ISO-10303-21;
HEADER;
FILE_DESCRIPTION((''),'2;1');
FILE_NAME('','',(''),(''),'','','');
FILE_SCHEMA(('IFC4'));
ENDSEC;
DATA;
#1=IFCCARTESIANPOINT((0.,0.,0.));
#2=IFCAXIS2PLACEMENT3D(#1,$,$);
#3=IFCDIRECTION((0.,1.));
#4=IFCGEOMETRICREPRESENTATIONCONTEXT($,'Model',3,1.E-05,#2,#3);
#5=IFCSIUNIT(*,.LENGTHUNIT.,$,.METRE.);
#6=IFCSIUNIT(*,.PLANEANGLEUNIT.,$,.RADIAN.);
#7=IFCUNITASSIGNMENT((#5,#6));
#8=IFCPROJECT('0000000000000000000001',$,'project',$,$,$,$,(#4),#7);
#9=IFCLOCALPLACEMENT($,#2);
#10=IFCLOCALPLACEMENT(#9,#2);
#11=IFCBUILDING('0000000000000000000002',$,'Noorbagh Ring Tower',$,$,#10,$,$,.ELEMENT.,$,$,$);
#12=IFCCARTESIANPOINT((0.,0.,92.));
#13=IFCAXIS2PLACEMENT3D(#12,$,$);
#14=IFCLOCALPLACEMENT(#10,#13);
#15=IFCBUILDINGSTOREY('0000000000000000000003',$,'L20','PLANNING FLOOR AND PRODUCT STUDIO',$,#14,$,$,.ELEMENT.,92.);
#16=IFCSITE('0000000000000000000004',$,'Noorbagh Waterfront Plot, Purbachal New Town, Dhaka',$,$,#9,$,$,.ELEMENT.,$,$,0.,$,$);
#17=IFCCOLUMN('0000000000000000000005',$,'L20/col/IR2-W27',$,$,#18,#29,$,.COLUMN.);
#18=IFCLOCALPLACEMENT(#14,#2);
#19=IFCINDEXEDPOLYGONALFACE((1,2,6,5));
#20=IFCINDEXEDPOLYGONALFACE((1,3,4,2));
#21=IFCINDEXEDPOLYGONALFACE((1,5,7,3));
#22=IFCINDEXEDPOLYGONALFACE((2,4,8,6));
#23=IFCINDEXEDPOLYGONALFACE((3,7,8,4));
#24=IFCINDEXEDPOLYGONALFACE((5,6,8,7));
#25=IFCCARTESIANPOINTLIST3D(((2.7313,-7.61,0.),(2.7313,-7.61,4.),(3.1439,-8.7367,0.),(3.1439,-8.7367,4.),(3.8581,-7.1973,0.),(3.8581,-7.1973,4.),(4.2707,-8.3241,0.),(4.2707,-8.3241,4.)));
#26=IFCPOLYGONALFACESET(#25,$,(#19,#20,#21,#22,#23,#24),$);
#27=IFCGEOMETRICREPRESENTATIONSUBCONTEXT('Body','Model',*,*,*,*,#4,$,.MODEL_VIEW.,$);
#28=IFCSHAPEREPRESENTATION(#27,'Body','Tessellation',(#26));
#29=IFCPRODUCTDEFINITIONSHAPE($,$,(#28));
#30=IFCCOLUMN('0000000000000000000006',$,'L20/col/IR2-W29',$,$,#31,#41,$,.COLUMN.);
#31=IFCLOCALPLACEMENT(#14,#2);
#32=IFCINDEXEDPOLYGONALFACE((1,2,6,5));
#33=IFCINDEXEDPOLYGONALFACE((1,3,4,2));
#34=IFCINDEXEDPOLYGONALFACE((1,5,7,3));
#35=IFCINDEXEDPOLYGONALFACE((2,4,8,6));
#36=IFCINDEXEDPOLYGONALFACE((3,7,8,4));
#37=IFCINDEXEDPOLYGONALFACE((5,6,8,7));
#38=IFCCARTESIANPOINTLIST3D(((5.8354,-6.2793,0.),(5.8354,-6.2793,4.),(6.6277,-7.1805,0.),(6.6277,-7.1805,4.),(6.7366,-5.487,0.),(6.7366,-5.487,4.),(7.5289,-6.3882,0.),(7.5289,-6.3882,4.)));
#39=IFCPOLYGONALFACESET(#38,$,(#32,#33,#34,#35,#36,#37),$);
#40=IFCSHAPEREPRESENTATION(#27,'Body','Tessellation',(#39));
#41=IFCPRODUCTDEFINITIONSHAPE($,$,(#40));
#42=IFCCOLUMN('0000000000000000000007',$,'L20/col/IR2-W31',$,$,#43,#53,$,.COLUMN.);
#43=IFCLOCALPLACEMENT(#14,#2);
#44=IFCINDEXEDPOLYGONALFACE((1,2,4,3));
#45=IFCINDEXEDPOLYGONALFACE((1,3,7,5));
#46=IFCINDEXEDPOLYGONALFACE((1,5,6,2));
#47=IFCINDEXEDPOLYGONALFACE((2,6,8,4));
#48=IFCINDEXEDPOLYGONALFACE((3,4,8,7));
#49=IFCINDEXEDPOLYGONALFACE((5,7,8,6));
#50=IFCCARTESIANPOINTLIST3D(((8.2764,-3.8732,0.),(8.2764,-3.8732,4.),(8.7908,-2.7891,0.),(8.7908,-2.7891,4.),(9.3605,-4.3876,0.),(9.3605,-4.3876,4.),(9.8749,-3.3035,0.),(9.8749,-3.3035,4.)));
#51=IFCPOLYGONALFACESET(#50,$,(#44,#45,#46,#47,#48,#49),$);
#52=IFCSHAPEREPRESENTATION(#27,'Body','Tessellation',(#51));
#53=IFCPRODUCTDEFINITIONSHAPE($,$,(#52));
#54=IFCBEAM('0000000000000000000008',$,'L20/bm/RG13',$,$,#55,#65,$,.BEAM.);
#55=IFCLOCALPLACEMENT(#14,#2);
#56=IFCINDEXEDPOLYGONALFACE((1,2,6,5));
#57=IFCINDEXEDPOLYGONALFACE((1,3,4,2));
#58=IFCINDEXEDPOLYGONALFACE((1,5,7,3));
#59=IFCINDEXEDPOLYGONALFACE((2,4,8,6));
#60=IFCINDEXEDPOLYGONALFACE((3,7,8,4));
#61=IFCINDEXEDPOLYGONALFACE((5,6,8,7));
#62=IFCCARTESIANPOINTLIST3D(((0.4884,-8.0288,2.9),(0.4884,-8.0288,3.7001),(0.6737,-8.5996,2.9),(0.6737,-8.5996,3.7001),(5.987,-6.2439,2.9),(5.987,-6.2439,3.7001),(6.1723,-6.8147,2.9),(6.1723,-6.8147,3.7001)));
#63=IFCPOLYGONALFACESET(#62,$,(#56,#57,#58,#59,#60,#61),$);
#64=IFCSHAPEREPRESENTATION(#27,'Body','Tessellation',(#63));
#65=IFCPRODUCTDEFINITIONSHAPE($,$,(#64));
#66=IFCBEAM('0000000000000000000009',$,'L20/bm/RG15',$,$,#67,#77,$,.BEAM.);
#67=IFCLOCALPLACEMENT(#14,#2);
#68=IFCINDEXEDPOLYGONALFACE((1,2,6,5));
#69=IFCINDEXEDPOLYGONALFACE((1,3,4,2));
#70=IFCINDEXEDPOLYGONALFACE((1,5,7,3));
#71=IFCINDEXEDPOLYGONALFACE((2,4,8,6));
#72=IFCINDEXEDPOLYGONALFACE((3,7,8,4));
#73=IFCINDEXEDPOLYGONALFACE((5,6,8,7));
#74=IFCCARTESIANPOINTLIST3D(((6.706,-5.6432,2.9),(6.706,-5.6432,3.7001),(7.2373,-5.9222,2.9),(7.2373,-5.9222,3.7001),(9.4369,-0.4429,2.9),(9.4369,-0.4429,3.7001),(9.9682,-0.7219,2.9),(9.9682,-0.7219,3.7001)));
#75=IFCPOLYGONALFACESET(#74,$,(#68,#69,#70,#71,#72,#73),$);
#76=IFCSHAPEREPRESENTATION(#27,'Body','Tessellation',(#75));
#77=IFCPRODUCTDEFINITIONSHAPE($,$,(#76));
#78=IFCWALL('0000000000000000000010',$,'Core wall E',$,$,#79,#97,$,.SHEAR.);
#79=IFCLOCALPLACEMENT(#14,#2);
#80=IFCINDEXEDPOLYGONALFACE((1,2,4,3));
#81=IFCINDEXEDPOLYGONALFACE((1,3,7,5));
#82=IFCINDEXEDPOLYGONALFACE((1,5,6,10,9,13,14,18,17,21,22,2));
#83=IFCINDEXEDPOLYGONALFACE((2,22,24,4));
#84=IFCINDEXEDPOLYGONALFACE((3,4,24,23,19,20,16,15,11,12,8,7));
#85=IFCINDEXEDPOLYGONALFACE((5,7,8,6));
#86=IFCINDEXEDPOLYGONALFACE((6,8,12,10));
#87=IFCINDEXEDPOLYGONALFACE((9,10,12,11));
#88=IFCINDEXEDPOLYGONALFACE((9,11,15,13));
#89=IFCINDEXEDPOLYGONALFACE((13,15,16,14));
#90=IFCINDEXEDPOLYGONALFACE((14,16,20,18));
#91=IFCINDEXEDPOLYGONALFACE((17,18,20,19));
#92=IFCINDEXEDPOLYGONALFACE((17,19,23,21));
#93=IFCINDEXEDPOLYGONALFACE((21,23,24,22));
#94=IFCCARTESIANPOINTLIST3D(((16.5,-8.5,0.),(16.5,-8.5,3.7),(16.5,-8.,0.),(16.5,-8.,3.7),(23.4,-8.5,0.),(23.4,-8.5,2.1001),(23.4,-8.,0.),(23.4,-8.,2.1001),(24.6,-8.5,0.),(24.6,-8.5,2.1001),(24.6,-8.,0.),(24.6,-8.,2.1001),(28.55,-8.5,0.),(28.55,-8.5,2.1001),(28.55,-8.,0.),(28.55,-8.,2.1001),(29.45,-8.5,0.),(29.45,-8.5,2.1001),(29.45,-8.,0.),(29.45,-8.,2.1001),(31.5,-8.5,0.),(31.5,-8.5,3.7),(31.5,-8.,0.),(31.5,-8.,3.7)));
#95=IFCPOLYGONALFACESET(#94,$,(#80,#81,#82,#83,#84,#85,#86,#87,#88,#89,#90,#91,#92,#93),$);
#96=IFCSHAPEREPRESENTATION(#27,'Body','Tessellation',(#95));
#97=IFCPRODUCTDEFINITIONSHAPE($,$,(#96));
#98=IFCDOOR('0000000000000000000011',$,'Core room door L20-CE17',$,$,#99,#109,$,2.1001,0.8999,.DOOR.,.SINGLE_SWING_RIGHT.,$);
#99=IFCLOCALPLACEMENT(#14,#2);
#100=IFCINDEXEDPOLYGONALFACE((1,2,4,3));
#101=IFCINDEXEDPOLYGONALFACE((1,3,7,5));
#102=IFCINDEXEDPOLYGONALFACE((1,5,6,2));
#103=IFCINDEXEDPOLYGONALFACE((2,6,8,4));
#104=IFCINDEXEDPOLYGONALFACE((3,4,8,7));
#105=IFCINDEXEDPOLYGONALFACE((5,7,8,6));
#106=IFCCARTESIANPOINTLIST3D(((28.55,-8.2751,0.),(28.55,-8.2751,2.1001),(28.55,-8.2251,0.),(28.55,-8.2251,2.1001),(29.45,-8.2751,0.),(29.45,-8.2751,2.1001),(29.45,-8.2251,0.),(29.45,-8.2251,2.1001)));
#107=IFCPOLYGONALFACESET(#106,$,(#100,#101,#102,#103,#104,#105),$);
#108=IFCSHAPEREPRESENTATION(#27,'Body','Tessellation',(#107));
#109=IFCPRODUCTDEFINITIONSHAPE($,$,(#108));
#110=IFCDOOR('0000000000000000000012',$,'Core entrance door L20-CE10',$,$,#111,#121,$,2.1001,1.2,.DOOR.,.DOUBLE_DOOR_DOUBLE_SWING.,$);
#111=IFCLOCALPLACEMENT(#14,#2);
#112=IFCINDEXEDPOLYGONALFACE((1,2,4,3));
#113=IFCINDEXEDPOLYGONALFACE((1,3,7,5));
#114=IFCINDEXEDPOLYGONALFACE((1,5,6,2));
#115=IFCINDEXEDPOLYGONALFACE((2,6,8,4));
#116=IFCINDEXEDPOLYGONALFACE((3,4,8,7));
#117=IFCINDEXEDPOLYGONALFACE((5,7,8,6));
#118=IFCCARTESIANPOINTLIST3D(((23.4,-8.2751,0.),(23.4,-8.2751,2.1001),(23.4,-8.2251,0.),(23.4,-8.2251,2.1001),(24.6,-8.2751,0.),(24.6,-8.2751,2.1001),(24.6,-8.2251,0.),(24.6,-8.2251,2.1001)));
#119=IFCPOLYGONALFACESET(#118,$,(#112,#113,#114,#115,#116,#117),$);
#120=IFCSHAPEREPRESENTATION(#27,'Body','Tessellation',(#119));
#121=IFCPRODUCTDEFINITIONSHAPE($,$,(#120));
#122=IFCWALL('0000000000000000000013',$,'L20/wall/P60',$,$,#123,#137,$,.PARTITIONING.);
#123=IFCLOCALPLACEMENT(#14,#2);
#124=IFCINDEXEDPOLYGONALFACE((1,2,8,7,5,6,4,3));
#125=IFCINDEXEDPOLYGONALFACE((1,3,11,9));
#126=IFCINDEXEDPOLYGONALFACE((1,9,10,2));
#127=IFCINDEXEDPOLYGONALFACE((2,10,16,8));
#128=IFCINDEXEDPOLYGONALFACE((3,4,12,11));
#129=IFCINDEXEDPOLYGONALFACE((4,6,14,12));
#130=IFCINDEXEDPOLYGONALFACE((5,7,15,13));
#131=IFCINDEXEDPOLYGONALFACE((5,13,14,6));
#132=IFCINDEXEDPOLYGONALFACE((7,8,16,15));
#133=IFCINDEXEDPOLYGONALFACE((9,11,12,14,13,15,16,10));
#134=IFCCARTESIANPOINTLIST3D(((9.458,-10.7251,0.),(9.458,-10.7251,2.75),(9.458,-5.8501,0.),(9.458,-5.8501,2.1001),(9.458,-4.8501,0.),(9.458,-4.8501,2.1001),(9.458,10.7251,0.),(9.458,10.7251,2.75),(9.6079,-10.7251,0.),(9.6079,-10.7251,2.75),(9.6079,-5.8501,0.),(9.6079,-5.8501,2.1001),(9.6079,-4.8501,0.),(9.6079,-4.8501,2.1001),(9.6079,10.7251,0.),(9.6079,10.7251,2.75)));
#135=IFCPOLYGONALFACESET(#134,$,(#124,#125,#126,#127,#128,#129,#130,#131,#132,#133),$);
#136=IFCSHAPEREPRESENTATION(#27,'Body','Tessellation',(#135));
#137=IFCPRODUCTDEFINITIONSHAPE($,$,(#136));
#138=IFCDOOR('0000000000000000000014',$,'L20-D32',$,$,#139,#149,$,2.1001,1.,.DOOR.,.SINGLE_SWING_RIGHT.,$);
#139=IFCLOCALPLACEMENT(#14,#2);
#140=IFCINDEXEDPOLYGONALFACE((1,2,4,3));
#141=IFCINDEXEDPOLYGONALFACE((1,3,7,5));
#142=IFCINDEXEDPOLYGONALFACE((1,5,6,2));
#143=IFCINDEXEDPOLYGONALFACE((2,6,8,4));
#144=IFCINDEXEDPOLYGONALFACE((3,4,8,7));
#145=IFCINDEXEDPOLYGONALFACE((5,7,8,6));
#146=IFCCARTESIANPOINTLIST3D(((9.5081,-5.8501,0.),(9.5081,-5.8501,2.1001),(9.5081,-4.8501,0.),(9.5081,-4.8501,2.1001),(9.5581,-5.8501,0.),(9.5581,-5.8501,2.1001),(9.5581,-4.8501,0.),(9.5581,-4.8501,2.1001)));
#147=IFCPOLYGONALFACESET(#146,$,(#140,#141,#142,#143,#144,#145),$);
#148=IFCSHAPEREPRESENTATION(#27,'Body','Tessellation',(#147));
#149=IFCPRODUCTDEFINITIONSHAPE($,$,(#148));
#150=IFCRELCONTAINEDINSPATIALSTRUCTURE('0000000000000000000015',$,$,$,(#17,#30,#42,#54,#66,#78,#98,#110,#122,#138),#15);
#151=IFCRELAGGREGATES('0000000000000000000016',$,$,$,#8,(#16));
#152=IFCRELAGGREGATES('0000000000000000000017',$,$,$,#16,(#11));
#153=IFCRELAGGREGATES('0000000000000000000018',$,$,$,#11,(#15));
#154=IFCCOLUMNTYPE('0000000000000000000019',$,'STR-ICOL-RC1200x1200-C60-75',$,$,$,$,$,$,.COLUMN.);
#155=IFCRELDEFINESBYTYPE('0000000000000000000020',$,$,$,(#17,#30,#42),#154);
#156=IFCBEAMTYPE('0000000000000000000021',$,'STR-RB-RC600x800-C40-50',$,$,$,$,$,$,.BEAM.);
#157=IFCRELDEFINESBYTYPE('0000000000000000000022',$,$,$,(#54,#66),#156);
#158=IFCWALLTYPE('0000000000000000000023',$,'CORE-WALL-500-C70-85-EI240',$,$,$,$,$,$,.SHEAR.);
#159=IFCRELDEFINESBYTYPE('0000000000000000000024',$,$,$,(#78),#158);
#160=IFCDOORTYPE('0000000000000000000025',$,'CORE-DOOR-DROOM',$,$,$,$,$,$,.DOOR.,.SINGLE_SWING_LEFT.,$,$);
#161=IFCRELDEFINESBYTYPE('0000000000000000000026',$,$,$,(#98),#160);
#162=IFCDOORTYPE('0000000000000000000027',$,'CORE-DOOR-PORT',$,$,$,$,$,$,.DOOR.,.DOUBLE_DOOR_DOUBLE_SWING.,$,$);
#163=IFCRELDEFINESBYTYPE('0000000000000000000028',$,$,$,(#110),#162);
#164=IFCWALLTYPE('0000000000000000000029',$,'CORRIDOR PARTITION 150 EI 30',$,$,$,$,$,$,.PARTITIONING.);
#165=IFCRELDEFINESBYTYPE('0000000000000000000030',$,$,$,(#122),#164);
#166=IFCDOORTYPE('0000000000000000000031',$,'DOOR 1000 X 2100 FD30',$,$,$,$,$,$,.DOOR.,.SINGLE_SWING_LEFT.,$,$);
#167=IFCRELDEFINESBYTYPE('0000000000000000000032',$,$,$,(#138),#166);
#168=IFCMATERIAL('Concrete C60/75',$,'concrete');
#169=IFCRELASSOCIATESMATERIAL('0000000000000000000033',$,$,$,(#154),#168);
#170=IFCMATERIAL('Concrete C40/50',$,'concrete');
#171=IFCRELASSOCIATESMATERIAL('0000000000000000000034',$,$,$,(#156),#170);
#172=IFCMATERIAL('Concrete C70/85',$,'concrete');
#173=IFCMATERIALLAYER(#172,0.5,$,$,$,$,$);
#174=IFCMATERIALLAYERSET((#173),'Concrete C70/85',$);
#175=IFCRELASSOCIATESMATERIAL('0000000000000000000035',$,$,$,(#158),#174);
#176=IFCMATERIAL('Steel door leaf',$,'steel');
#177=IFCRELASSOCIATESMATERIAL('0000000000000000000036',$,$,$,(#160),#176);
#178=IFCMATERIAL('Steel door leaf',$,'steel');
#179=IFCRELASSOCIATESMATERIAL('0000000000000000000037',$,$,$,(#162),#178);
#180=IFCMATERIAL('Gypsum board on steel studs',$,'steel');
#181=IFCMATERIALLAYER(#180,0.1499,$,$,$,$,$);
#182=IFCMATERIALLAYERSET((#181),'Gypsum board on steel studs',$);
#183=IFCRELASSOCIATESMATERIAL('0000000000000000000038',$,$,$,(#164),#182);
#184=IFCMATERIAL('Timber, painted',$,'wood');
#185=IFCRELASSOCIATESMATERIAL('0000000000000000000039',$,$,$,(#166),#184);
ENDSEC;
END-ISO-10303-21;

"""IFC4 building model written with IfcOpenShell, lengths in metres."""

from ifc_helpers import new_model, si_unit, direction, frame, frame_2d, origin, origin_2d, place, context, subcontext, project, spatial, rectangle, extrude, material, layer, layer_set, material_profile, profile_set, type_object, element, fill, save


model = new_model("IFC4")

# Units and contexts
model_context = context("Model", 3, precision=1e-05, world=origin(), true_north=direction((0.0, 1.0)))
body_context = subcontext(model_context, "Body", "Model", "MODEL_VIEW")
ifc_project = project(units=[si_unit("LENGTHUNIT", "METRE"), si_unit("PLANEANGLEUNIT", "RADIAN")], contexts=[model_context])

# Site, building, storey
site_placement = place(None, origin())
site = spatial("IfcSite", under=ifc_project, at=site_placement, Name="Noorbagh Waterfront Plot, Purbachal New Town, Dhaka", CompositionType="ELEMENT", RefElevation=0.0)
building_placement = place(site_placement, origin())
building = spatial("IfcBuilding", under=site, at=building_placement, Name="Noorbagh Ring Tower", CompositionType="ELEMENT")
storey_placement = place(building_placement, frame((0.0, 0.0, 92.0)))
storey = spatial("IfcBuildingStorey", under=building, at=storey_placement, Name="L20", Description="PLANNING FLOOR AND PRODUCT STUDIO", CompositionType="ELEMENT", Elevation=92.0)

# Columns
ifc_material_1 = material(Name="Concrete C60/75", Category="concrete")
ifc_material_profile_1 = material_profile(ifc_material_1, rectangle(XDim=1.2, YDim=1.2, at=origin_2d()), Name="RC1200x1200")
ifc_profile_set_1 = profile_set([ifc_material_profile_1], Name="Concrete C60/75")
column_type = type_object("IfcColumnType", Name="STR-ICOL-RC1200x1200-C60-75", PredefinedType="COLUMN", material=ifc_profile_set_1)
for number, where, z_axis, x_axis, name in (
    (1, (3.501, -7.967, 0.0), (0.0, 0.0, 1.0), (0.93902, 0.343864, 0.0), "L20/col/IR2-W27"),
    (2, (6.6821, -6.3337, 0.0), (0.0, 0.0, 1.0), (0.751022, 0.660277, 0.0), "L20/col/IR2-W29"),
    (3, (9.0757, -3.5884, 0.0), (0.0, 0.0, 1.0), (0.428667, 0.903463, 0.0), "L20/col/IR2-W31"),
):
    element("IfcColumn", number, at=place(storey_placement, frame(where, z_axis=z_axis, x_axis=x_axis)), inside=storey, type_object=column_type, Name=name, PredefinedType="COLUMN", context=body_context, shape_type="SweptSolid", body=[
        extrude(rectangle(XDim=1.2, YDim=1.2, at=origin_2d()), origin(), (0.0, 0.0, 1.0), 4.0),
    ])

# Beams
ifc_material_2 = material(Name="Concrete C40/50", Category="concrete")
ifc_material_profile_2 = material_profile(ifc_material_2, rectangle(XDim=0.6001, YDim=0.8, at=origin_2d()), Name="RC600x800")
ifc_profile_set_2 = profile_set([ifc_material_profile_2], Name="Concrete C40/50")
beam_type = type_object("IfcBeamType", Name="STR-RB-RC600x800-C40-50", PredefinedType="BEAM", material=ifc_profile_set_2)
beam_1_placement = place(storey_placement, frame((0.5811, -8.3142, 3.3), z_axis=(0.951141, 0.308756, 0.0), x_axis=(-0.308756, 0.951141, 0.0)))
element("IfcBeam", 4, at=beam_1_placement, inside=storey, type_object=beam_type, Name="L20/bm/RG13", PredefinedType="BEAM", context=body_context, shape_type="SweptSolid", body=[
    extrude(rectangle(XDim=0.6001, YDim=0.8, at=origin_2d()), origin(), (0.0, 0.0, 1.0), 5.781),
])
beam_2_placement = place(storey_placement, frame((6.9717, -5.7827, 3.3), z_axis=(0.464931, 0.885347, 0.0), x_axis=(-0.885347, 0.464931, 0.0)))
element("IfcBeam", 5, at=beam_2_placement, inside=storey, type_object=beam_type, Name="L20/bm/RG15", PredefinedType="BEAM", context=body_context, shape_type="SweptSolid", body=[
    extrude(rectangle(XDim=0.6001, YDim=0.8, at=origin_2d()), origin(), (0.0, 0.0, 1.0), 5.8738),
])

# Wall, openings, doors
ifc_material_3 = material(Name="Concrete C70/85", Category="concrete")
ifc_layer_1 = layer(ifc_material_3, 0.5)
ifc_layer_set_1 = layer_set([ifc_layer_1], Name="Concrete C70/85")
wall_type_1 = type_object("IfcWallType", Name="CORE-WALL-500-C70-85-EI240", PredefinedType="SHEAR", material=ifc_layer_set_1)
wall_1_placement = place(storey_placement, frame((16.5, -8.25, 0.0), z_axis=(0.0, 0.0, 1.0), x_axis=(1.0, 0.0, 0.0)))
wall_1 = element("IfcWall", 6, at=wall_1_placement, inside=storey, type_object=wall_type_1, Name="Core wall E", PredefinedType="SHEAR", context=body_context, shape_type="SweptSolid", body=[
    extrude(rectangle(XDim=15.0, YDim=0.5, at=frame_2d((7.5, 0.0))), origin(), (0.0, 0.0, 1.0), 3.7),
])
opening_1_placement = place(wall_1_placement, frame((6.8999, 0.0, 0.0)))
opening_1 = element("IfcOpeningElement", 7, at=opening_1_placement, cuts=wall_1, PredefinedType="OPENING", context=body_context, shape_type="SweptSolid", body=[
    extrude(rectangle(XDim=1.2, YDim=2.1001, at=frame_2d((0.6001, 1.05))), frame((0.0, 0.26, 0.0), z_axis=(0.0, -1.0, 0.0), x_axis=(1.0, 0.0, 0.0)), (0.0, 0.0, 1.0), 0.52),
])
opening_2_placement = place(wall_1_placement, frame((12.05, 0.0, 0.0)))
opening_2 = element("IfcOpeningElement", 8, at=opening_2_placement, cuts=wall_1, PredefinedType="OPENING", context=body_context, shape_type="SweptSolid", body=[
    extrude(rectangle(XDim=0.8999, YDim=2.1001, at=frame_2d((0.45, 1.05))), frame((0.0, 0.26, 0.0), z_axis=(0.0, -1.0, 0.0), x_axis=(1.0, 0.0, 0.0)), (0.0, 0.0, 1.0), 0.52),
])
ifc_material_4 = material(Name="Steel door leaf", Category="steel")
door_type_1 = type_object("IfcDoorType", Name="CORE-DOOR-DROOM", OperationType="SINGLE_SWING_LEFT", PredefinedType="DOOR", material=ifc_material_4)
door_1_placement = place(opening_2_placement, origin())
door_1 = element("IfcDoor", 9, at=door_1_placement, inside=storey, type_object=door_type_1, Name="Core room door L20-CE17", OperationType="SINGLE_SWING_RIGHT", OverallHeight=2.1001, OverallWidth=0.8999, PredefinedType="DOOR", context=body_context, shape_type="SweptSolid", body=[
    extrude(rectangle(XDim=0.8999, YDim=2.1001, at=frame_2d((0.45, 1.05))), frame((0.0, 0.0249, 0.0), z_axis=(0.0, -1.0, 0.0), x_axis=(1.0, 0.0, 0.0)), (0.0, 0.0, 1.0), 0.05),
])
fill(opening_2, door_1)
ifc_material_5 = material(Name="Steel door leaf", Category="steel")
door_type_2 = type_object("IfcDoorType", Name="CORE-DOOR-PORT", OperationType="DOUBLE_DOOR_DOUBLE_SWING", PredefinedType="DOOR", material=ifc_material_5)
door_2_placement = place(opening_1_placement, origin())
door_2 = element("IfcDoor", 10, at=door_2_placement, inside=storey, type_object=door_type_2, Name="Core entrance door L20-CE10", OperationType="DOUBLE_DOOR_DOUBLE_SWING", OverallHeight=2.1001, OverallWidth=1.2, PredefinedType="DOOR", context=body_context, shape_type="SweptSolid", body=[
    extrude(rectangle(XDim=1.2, YDim=2.1001, at=frame_2d((0.6001, 1.05))), frame((0.0, 0.0249, 0.0), z_axis=(0.0, -1.0, 0.0), x_axis=(1.0, 0.0, 0.0)), (0.0, 0.0, 1.0), 0.05),
])
fill(opening_1, door_2)

# Wall, opening, door
ifc_material_6 = material(Name="Gypsum board on steel studs", Category="steel")
ifc_layer_2 = layer(ifc_material_6, 0.1499)
ifc_layer_set_2 = layer_set([ifc_layer_2], Name="Gypsum board on steel studs")
wall_type_2 = type_object("IfcWallType", Name="CORRIDOR PARTITION 150 EI 30", PredefinedType="PARTITIONING", material=ifc_layer_set_2)
wall_2_placement = place(storey_placement, frame((9.533, -10.7251, 0.0), z_axis=(0.0, 0.0, 1.0), x_axis=(0.0, 1.0, 0.0)))
wall_2 = element("IfcWall", 11, at=wall_2_placement, inside=storey, type_object=wall_type_2, Name="L20/wall/P60", PredefinedType="PARTITIONING", context=body_context, shape_type="SweptSolid", body=[
    extrude(rectangle(XDim=21.4502, YDim=0.1499, at=frame_2d((10.7251, 0.0))), origin(), (0.0, 0.0, 1.0), 2.75),
])
opening_3_placement = place(wall_2_placement, frame((4.875, 0.0, 0.0)))
opening_3 = element("IfcOpeningElement", 12, at=opening_3_placement, cuts=wall_2, PredefinedType="OPENING", context=body_context, shape_type="SweptSolid", body=[
    extrude(rectangle(XDim=1.0, YDim=2.1001, at=frame_2d((0.5, 1.05))), frame((0.0, 0.085, 0.0), z_axis=(0.0, -1.0, 0.0), x_axis=(1.0, 0.0, 0.0)), (0.0, 0.0, 1.0), 0.1699),
])
ifc_material_7 = material(Name="Timber, painted", Category="wood")
door_type_3 = type_object("IfcDoorType", Name="DOOR 1000 X 2100 FD30", OperationType="SINGLE_SWING_LEFT", PredefinedType="DOOR", material=ifc_material_7)
door_3_placement = place(opening_3_placement, origin())
door_3 = element("IfcDoor", 13, at=door_3_placement, inside=storey, type_object=door_type_3, Name="L20-D32", OperationType="SINGLE_SWING_RIGHT", OverallHeight=2.1001, OverallWidth=1.0, PredefinedType="DOOR", context=body_context, shape_type="SweptSolid", body=[
    extrude(rectangle(XDim=1.0, YDim=2.1001, at=frame_2d((0.5, 1.05))), frame((0.0, 0.0249, 0.0), z_axis=(0.0, -1.0, 0.0), x_axis=(1.0, 0.0, 0.0)), (0.0, 0.0, 1.0), 0.05),
])
fill(opening_3, door_3)

save(model, "model.ifc")
